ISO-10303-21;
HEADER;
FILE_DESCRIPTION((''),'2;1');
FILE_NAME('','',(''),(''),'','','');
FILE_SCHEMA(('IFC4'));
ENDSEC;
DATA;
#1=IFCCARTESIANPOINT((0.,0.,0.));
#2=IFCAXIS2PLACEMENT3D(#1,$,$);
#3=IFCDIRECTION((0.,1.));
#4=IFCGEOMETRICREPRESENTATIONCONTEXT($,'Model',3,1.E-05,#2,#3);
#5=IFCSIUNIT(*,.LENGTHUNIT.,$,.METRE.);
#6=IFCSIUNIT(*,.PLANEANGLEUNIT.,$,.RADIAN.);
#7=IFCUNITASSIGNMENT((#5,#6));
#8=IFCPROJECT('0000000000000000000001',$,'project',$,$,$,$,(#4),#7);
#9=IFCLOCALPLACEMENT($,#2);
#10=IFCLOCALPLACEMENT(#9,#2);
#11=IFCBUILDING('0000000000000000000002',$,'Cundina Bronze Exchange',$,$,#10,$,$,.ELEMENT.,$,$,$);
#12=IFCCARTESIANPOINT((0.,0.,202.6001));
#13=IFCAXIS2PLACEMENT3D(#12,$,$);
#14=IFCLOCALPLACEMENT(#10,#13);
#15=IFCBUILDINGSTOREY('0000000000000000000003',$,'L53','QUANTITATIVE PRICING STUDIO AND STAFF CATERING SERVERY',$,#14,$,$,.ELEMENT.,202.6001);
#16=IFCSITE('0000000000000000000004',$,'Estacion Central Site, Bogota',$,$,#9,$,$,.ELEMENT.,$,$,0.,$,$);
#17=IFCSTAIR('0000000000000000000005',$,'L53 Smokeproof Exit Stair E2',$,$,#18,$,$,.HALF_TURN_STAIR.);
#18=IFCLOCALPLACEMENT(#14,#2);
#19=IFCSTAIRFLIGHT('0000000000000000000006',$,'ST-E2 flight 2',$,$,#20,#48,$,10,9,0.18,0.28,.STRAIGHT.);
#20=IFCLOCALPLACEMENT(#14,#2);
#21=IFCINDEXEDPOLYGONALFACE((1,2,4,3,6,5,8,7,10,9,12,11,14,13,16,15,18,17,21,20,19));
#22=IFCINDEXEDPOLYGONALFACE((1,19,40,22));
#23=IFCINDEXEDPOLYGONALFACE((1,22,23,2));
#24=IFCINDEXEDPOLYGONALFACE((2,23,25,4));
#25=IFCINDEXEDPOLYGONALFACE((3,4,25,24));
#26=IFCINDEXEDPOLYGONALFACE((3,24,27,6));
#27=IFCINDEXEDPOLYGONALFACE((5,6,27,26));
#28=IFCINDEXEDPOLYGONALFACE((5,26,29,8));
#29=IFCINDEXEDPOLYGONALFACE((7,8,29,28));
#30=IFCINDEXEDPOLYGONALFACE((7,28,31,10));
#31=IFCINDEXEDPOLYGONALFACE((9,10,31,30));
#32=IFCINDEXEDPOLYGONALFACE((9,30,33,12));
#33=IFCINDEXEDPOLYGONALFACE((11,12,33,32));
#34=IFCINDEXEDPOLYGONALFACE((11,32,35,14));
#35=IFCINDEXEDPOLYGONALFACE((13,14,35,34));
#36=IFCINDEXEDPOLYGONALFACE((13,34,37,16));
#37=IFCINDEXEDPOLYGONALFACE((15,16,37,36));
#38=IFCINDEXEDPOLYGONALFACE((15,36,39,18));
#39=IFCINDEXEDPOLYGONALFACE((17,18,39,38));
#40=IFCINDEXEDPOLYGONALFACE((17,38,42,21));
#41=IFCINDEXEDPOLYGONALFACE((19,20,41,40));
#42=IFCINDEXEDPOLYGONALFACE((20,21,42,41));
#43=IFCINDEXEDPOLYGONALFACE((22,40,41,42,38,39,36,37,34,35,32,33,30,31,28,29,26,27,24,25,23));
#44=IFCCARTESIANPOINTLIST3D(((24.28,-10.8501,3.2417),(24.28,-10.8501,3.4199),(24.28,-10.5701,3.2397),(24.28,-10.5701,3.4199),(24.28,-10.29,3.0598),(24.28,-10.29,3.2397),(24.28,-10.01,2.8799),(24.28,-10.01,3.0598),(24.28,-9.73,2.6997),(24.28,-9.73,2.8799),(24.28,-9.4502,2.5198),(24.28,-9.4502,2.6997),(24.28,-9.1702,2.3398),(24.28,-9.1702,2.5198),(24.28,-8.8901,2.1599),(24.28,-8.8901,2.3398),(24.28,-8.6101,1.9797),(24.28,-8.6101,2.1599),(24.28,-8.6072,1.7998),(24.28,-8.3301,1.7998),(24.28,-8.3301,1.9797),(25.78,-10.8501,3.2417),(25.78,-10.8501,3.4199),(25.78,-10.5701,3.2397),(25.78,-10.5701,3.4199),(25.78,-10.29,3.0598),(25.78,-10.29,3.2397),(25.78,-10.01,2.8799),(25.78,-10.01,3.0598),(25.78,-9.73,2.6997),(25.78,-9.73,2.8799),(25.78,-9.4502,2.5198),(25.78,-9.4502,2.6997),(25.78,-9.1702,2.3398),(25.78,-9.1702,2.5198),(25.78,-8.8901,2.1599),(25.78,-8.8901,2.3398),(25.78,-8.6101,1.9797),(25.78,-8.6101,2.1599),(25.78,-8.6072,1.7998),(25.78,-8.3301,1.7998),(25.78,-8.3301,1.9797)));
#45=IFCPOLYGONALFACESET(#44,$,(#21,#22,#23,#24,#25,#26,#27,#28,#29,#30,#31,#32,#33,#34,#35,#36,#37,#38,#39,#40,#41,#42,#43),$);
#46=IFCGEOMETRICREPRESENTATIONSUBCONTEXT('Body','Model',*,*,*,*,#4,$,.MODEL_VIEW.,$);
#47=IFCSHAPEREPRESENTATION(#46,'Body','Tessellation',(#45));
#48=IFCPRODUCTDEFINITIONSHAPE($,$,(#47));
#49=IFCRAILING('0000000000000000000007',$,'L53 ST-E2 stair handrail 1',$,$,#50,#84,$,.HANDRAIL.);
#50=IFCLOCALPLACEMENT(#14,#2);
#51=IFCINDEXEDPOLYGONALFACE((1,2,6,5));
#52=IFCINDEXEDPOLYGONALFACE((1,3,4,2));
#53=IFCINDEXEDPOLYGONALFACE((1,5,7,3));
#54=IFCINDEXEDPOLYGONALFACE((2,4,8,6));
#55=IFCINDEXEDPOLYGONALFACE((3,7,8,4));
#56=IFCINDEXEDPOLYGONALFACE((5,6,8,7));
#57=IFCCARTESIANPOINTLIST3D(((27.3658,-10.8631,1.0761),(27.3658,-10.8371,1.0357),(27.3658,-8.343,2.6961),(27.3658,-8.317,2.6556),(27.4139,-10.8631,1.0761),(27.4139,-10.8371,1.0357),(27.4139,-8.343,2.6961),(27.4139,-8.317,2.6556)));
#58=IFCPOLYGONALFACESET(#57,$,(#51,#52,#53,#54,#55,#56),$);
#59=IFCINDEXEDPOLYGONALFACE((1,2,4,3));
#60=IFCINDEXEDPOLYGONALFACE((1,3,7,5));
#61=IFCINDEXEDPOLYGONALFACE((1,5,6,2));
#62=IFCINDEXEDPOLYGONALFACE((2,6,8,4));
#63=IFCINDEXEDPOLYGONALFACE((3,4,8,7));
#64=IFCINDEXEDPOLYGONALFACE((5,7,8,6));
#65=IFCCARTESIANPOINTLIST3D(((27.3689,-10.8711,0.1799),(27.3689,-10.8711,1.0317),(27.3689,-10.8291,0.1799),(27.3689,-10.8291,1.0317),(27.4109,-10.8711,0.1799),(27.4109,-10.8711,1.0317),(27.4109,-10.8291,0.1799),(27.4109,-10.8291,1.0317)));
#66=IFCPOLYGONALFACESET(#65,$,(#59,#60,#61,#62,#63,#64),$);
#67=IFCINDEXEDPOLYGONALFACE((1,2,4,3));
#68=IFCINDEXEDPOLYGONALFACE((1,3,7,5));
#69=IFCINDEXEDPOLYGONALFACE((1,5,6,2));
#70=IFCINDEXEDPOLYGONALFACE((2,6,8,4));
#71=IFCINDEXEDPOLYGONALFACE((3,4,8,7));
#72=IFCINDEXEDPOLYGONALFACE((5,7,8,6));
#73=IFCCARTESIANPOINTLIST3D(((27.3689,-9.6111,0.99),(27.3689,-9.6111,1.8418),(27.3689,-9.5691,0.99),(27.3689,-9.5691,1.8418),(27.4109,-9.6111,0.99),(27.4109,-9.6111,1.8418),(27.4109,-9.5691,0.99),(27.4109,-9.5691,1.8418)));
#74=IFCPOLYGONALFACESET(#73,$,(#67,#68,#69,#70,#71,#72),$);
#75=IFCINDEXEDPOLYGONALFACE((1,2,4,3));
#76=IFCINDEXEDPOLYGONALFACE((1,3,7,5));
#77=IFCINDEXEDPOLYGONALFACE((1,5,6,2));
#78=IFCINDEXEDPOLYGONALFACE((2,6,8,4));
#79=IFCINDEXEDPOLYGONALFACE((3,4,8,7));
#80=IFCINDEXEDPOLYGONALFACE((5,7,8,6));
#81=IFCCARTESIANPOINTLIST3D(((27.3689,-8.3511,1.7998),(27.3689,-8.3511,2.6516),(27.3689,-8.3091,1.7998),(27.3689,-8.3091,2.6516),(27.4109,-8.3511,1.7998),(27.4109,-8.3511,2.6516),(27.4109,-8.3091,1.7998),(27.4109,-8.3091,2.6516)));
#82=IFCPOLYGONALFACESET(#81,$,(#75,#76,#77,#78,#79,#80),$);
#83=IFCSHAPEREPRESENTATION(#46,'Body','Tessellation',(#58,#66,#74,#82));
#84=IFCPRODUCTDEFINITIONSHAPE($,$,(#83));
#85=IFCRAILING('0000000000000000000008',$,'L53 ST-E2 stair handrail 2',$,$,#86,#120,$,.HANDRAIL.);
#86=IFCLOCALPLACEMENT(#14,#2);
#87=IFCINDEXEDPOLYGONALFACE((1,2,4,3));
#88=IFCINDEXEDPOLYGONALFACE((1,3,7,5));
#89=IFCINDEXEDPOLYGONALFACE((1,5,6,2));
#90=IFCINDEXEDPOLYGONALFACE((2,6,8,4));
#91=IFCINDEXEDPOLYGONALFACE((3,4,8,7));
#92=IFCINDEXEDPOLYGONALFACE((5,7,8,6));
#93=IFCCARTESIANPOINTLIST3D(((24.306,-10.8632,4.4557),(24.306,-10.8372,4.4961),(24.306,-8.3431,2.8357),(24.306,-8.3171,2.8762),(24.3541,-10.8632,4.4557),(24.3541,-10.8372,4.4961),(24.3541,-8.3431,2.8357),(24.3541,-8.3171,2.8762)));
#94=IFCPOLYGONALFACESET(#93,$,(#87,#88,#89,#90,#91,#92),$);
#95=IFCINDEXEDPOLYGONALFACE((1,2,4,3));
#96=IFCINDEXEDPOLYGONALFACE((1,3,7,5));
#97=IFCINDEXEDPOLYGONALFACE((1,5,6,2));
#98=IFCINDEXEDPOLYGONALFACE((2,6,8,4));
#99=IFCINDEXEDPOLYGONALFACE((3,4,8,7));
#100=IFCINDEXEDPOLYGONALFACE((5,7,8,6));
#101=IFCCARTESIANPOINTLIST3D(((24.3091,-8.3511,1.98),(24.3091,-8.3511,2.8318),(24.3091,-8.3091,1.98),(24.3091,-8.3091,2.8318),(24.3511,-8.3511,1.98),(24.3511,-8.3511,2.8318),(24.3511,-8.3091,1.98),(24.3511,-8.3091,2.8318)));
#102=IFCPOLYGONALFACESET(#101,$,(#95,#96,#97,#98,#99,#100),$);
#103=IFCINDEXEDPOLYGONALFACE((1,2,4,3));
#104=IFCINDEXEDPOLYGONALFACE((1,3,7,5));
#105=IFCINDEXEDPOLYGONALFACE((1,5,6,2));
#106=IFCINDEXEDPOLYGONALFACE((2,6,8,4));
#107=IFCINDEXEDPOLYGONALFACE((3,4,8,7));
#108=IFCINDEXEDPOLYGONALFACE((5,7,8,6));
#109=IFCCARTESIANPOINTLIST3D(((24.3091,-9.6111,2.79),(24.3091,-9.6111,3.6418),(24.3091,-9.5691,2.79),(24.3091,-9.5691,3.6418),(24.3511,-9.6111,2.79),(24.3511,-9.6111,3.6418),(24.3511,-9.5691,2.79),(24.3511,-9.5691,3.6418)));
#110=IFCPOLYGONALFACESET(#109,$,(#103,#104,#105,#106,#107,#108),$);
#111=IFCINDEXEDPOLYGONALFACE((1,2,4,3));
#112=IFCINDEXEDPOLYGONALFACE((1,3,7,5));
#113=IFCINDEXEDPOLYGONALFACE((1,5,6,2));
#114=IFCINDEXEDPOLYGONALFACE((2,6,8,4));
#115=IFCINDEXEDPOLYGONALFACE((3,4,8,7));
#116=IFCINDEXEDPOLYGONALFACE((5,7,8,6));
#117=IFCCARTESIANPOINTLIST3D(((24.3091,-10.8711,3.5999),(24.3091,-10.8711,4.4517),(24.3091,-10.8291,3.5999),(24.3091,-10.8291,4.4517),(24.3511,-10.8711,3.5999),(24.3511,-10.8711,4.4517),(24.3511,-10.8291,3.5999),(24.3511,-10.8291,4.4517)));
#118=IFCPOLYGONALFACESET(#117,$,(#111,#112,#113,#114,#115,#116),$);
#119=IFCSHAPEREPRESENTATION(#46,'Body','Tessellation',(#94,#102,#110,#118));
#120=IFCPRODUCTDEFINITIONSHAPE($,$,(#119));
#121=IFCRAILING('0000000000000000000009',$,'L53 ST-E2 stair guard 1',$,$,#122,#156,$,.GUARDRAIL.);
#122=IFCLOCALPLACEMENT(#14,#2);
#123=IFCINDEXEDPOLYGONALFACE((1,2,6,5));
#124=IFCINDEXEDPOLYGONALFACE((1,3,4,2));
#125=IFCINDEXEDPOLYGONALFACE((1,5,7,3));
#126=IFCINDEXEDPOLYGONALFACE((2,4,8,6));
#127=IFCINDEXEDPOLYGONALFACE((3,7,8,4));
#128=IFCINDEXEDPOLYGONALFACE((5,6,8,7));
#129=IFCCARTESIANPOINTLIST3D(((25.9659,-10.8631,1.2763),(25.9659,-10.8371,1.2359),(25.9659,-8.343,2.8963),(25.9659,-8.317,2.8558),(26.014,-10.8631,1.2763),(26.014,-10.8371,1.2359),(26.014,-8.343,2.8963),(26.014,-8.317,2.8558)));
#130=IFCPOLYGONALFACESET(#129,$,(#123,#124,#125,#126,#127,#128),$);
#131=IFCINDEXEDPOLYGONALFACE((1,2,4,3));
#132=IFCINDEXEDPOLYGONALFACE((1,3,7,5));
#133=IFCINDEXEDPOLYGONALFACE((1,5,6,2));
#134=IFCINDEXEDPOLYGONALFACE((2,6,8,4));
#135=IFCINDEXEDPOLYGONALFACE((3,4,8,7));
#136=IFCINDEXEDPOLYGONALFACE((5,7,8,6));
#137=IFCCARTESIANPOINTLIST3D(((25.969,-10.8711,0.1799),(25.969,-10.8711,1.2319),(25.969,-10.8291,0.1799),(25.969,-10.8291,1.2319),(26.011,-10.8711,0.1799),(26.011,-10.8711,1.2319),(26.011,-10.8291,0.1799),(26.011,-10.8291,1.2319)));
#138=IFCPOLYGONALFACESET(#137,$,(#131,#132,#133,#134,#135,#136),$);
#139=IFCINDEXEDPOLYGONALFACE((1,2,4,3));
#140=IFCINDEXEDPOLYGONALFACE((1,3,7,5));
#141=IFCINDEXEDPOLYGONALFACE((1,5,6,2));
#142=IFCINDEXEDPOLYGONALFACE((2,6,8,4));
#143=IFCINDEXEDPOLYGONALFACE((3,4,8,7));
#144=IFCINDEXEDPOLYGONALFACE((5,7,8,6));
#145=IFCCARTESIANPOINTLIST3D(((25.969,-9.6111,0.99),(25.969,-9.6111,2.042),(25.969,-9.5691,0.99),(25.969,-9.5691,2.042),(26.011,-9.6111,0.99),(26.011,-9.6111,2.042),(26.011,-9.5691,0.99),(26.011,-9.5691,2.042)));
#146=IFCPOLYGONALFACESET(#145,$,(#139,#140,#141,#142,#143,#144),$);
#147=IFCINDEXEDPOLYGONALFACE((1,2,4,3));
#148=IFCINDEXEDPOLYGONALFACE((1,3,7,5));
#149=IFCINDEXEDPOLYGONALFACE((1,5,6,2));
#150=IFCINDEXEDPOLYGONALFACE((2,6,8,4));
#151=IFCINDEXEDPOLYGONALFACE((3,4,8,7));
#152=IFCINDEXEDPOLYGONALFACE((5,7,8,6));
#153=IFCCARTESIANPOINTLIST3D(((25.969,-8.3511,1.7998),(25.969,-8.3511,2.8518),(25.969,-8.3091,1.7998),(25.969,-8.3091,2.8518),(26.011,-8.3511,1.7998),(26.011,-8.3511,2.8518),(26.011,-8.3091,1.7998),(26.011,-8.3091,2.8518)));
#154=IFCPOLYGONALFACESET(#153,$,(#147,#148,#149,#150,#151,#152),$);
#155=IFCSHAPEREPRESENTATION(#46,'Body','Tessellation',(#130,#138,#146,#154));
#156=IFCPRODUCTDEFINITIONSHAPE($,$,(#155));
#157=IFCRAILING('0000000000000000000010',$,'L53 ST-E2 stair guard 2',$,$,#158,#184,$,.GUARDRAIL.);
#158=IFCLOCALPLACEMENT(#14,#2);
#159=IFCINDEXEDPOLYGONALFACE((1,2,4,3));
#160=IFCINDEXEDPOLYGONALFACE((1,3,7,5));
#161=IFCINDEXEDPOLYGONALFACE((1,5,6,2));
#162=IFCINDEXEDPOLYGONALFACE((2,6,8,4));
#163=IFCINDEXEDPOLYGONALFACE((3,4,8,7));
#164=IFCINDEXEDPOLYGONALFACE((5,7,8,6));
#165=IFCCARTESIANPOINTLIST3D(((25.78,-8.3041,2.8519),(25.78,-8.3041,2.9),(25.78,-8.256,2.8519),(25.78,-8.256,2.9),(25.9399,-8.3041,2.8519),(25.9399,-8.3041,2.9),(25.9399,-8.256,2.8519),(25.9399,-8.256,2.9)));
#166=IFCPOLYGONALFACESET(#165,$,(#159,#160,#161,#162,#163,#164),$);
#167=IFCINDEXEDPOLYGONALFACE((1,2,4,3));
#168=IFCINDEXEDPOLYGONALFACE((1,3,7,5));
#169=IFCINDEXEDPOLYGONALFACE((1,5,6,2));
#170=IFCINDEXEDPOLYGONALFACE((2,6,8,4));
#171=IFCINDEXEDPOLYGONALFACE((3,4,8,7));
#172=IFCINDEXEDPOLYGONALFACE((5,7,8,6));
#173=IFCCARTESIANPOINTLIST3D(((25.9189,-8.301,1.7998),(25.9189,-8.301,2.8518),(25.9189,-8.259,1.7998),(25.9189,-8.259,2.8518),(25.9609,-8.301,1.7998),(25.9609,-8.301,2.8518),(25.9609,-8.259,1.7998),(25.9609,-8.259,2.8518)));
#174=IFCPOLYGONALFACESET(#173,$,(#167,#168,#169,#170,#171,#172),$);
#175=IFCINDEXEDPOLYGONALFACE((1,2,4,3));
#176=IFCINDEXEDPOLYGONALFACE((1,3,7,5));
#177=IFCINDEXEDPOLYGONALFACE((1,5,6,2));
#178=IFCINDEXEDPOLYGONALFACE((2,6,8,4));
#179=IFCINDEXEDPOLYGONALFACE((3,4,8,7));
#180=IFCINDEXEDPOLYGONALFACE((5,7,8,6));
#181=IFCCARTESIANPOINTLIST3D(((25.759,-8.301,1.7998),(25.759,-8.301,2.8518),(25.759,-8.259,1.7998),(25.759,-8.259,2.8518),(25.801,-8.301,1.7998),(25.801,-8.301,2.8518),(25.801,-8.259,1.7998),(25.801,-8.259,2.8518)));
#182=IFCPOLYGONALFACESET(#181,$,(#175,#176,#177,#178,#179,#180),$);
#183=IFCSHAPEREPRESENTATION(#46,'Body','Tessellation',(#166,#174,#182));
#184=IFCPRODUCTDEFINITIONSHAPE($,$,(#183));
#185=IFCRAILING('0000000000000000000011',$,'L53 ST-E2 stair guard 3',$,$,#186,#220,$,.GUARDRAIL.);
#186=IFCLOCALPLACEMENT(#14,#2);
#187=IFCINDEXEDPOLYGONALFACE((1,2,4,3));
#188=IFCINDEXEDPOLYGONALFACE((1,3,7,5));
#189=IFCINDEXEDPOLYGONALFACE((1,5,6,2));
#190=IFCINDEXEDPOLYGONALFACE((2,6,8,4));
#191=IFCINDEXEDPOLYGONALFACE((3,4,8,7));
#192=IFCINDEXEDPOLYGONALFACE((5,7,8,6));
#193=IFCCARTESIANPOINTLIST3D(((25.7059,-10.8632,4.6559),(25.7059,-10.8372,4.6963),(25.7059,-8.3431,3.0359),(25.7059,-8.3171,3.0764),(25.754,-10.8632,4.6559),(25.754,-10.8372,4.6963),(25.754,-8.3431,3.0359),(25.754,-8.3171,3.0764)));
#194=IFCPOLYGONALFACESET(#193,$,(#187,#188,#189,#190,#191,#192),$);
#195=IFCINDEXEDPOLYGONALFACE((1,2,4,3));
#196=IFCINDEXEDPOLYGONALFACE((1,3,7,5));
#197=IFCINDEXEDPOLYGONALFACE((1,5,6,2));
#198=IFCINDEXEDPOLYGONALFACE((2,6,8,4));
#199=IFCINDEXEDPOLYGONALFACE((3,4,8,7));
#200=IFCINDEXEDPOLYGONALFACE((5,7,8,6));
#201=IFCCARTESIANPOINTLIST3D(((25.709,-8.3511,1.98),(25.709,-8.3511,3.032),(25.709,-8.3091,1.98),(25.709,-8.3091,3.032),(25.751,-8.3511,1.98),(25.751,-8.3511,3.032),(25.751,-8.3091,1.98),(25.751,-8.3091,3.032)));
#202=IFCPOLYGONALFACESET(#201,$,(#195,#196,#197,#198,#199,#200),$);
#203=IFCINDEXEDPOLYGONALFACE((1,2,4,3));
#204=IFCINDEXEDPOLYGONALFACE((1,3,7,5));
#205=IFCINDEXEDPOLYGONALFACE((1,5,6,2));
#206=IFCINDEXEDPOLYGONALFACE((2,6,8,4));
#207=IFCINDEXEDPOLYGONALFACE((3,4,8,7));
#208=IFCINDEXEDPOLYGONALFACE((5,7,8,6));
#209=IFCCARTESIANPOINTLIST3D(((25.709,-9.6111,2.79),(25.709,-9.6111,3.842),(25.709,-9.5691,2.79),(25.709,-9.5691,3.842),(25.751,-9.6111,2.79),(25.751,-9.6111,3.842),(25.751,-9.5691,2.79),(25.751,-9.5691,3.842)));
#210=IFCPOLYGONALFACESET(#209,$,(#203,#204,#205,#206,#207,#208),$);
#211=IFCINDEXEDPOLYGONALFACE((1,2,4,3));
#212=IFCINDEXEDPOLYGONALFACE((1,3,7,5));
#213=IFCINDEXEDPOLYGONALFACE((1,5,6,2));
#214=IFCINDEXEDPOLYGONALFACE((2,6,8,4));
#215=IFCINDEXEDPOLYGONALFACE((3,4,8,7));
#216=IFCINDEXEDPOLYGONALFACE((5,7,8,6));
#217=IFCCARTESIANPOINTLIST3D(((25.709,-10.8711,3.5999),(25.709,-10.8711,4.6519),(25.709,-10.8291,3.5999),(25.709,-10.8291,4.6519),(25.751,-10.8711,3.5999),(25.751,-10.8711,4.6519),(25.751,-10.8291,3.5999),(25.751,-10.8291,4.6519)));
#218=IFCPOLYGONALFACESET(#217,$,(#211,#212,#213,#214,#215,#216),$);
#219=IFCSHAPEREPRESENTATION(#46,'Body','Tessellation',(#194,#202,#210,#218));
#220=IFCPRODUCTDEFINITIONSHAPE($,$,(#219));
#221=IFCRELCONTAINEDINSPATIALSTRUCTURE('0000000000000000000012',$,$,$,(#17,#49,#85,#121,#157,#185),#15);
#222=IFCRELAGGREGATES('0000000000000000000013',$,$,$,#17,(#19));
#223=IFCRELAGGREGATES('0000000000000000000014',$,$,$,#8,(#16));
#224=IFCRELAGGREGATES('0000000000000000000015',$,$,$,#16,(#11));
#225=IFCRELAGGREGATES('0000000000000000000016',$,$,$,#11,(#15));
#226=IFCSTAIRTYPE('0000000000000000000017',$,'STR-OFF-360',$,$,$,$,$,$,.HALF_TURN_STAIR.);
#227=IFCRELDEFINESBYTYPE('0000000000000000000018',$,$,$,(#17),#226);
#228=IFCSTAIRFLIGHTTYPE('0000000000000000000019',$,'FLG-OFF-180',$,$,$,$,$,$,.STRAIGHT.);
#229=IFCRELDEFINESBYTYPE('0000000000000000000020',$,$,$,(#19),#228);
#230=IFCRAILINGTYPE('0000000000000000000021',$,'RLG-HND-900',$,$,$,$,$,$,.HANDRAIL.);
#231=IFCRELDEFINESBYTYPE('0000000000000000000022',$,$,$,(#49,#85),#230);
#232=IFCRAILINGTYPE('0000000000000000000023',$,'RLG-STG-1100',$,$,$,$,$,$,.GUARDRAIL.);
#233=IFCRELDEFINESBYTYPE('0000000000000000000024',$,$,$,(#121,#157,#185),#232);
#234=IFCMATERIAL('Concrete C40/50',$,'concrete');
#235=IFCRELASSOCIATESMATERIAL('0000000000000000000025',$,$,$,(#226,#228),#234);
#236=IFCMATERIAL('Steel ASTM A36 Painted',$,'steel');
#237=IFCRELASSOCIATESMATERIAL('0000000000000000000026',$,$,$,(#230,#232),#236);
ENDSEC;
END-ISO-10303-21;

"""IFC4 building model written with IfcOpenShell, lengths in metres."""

from ifc_helpers import new_model, si_unit, direction, frame, origin, origin_2d, place, context, subcontext, project, spatial, polyline, rectangle, outline, extrude, material, type_object, element, aggregate, save


model = new_model("IFC4")

# Units and contexts
model_context = context("Model", 3, precision=1e-05, world=origin(), true_north=direction((0.0, 1.0)))
body_context = subcontext(model_context, "Body", "Model", "MODEL_VIEW")
ifc_project = project(units=[si_unit("LENGTHUNIT", "METRE"), si_unit("PLANEANGLEUNIT", "RADIAN")], contexts=[model_context])

# Site, building, storey
site_placement = place(None, origin())
site = spatial("IfcSite", under=ifc_project, at=site_placement, Name="Estacion Central Site, Bogota", CompositionType="ELEMENT", RefElevation=0.0)
building_placement = place(site_placement, origin())
building = spatial("IfcBuilding", under=site, at=building_placement, Name="Cundina Bronze Exchange", CompositionType="ELEMENT")
storey_placement = place(building_placement, frame((0.0, 0.0, 202.6001)))
storey = spatial("IfcBuildingStorey", under=building, at=storey_placement, Name="L53", Description="QUANTITATIVE PRICING STUDIO AND STAFF CATERING SERVERY", CompositionType="ELEMENT", Elevation=202.6001)

# Shared definitions
ifc_material_1 = material(Name="Steel ASTM A36 Painted", Category="steel")

# Stair, stair flight
ifc_material_2 = material(Name="Concrete C40/50", Category="concrete")
stair_type = type_object("IfcStairType", Name="STR-OFF-360", PredefinedType="HALF_TURN_STAIR", material=ifc_material_2)
stair_placement = place(storey_placement, origin())
stair = element("IfcStair", 1, at=stair_placement, inside=storey, type_object=stair_type, Name="L53 Smokeproof Exit Stair E2", PredefinedType="HALF_TURN_STAIR")
stair_flight_type = type_object("IfcStairFlightType", Name="FLG-OFF-180", PredefinedType="STRAIGHT", material=ifc_material_2)
stair_flight_1_placement = place(storey_placement, frame((25.03, -8.3301, 1.7998), z_axis=(0.0, 0.0, 1.0), x_axis=(0.0, -1.0, 0.0)))
stair_flight_1 = element("IfcStairFlight", 2, at=stair_flight_1_placement, type_object=stair_flight_type, Name="ST-E2 flight 2", NumberOfRisers=10, NumberOfTreads=9, PredefinedType="STRAIGHT", RiserHeight=0.18, TreadLength=0.28, context=body_context, shape_type="SweptSolid", body=[
    extrude(outline(polyline([(0.0, 0.0), (0.0, 0.1799), (0.28, 0.1799), (0.28, 0.3601), (0.5601, 0.3601), (0.5601, 0.54), (0.8401, 0.54), (0.8401, 0.72), (1.1201, 0.72), (1.1201, 0.8999), (1.3999, 0.8999), (1.3999, 1.0801), (1.6799, 1.0801), (1.6799, 1.26), (1.96, 1.26), (1.96, 1.4399), (2.24, 1.4399), (2.24, 1.6201), (2.52, 1.6201), (2.52, 1.8), (2.52, 1.4419), (0.2771, 0.0), (0.0, 0.0)])), frame((0.0, 0.75, 0.0), z_axis=(0.0, -1.0, 0.0), x_axis=(1.0, 0.0, 0.0)), (0.0, 0.0, 1.0), 1.5),
])
aggregate(stair, [stair_flight_1])

# Railings
railing_type_1 = type_object("IfcRailingType", Name="RLG-HND-900", PredefinedType="HANDRAIL", material=ifc_material_1)
railing_1_placement = place(storey_placement, frame((27.3899, -10.8501, 0.1799)))
element("IfcRailing", 3, at=railing_1_placement, inside=storey, type_object=railing_type_1, Name="L53 ST-E2 stair handrail 1", PredefinedType="HANDRAIL", context=body_context, shape_type="SweptSolid", body=[
    extrude(rectangle(XDim=0.0481, YDim=0.0481, at=origin_2d()), frame((0.0, 0.0, 0.876), z_axis=(0.0, 0.8412, 0.540725), x_axis=(-1.0, 0.0, 0.0)), (0.0, 0.0, 1.0), 2.9958),
    extrude(rectangle(XDim=0.042, YDim=0.042, at=origin_2d()), origin(), (0.0, 0.0, 1.0), 0.8518),
    extrude(rectangle(XDim=0.042, YDim=0.042, at=origin_2d()), frame((0.0, 1.26, 0.8101)), (0.0, 0.0, 1.0), 0.8518),
    extrude(rectangle(XDim=0.042, YDim=0.042, at=origin_2d()), frame((0.0, 2.52, 1.6199)), (0.0, 0.0, 1.0), 0.8518),
])
railing_2_placement = place(storey_placement, frame((24.3301, -8.3301, 1.98)))
element("IfcRailing", 4, at=railing_2_placement, inside=storey, type_object=railing_type_1, Name="L53 ST-E2 stair handrail 2", PredefinedType="HANDRAIL", context=body_context, shape_type="SweptSolid", body=[
    extrude(rectangle(XDim=0.0481, YDim=0.0481, at=origin_2d()), frame((0.0, 0.0, 0.876), z_axis=(0.0, -0.8412, 0.540725), x_axis=(1.0, 0.0, 0.0)), (0.0, 0.0, 1.0), 2.9958),
    extrude(rectangle(XDim=0.042, YDim=0.042, at=origin_2d()), origin(), (0.0, 0.0, 1.0), 0.8518),
    extrude(rectangle(XDim=0.042, YDim=0.042, at=origin_2d()), frame((0.0, -1.26, 0.8101)), (0.0, 0.0, 1.0), 0.8518),
    extrude(rectangle(XDim=0.042, YDim=0.042, at=origin_2d()), frame((0.0, -2.52, 1.6199)), (0.0, 0.0, 1.0), 0.8518),
])
railing_type_2 = type_object("IfcRailingType", Name="RLG-STG-1100", PredefinedType="GUARDRAIL", material=ifc_material_1)
railing_3_placement = place(storey_placement, frame((25.99, -10.8501, 0.1799)))
element("IfcRailing", 5, at=railing_3_placement, inside=storey, type_object=railing_type_2, Name="L53 ST-E2 stair guard 1", PredefinedType="GUARDRAIL", context=body_context, shape_type="SweptSolid", body=[
    extrude(rectangle(XDim=0.0481, YDim=0.0481, at=origin_2d()), frame((0.0, 0.0, 1.0762), z_axis=(0.0, 0.8412, 0.540725), x_axis=(-1.0, 0.0, 0.0)), (0.0, 0.0, 1.0), 2.9958),
    extrude(rectangle(XDim=0.042, YDim=0.042, at=origin_2d()), origin(), (0.0, 0.0, 1.0), 1.052),
    extrude(rectangle(XDim=0.042, YDim=0.042, at=origin_2d()), frame((0.0, 1.26, 0.8101)), (0.0, 0.0, 1.0), 1.052),
    extrude(rectangle(XDim=0.042, YDim=0.042, at=origin_2d()), frame((0.0, 2.52, 1.6199)), (0.0, 0.0, 1.0), 1.052),
])
railing_4_placement = place(storey_placement, frame((25.9399, -8.28, 1.7998)))
element("IfcRailing", 6, at=railing_4_placement, inside=storey, type_object=railing_type_2, Name="L53 ST-E2 stair guard 2", PredefinedType="GUARDRAIL", context=body_context, shape_type="SweptSolid", body=[
    extrude(rectangle(XDim=0.0481, YDim=0.0481, at=origin_2d()), frame((0.0, 0.0, 1.0762), z_axis=(-1.0, 0.0, 0.0), x_axis=(0.0, -1.0, 0.0)), (0.0, 0.0, 1.0), 0.1599),
    extrude(rectangle(XDim=0.042, YDim=0.042, at=origin_2d()), origin(), (0.0, 0.0, 1.0), 1.052),
    extrude(rectangle(XDim=0.042, YDim=0.042, at=origin_2d()), frame((-0.1599, 0.0, 0.0)), (0.0, 0.0, 1.0), 1.052),
])
railing_5_placement = place(storey_placement, frame((25.73, -8.3301, 1.98)))
element("IfcRailing", 7, at=railing_5_placement, inside=storey, type_object=railing_type_2, Name="L53 ST-E2 stair guard 3", PredefinedType="GUARDRAIL", context=body_context, shape_type="SweptSolid", body=[
    extrude(rectangle(XDim=0.0481, YDim=0.0481, at=origin_2d()), frame((0.0, 0.0, 1.0762), z_axis=(0.0, -0.8412, 0.540725), x_axis=(1.0, 0.0, 0.0)), (0.0, 0.0, 1.0), 2.9958),
    extrude(rectangle(XDim=0.042, YDim=0.042, at=origin_2d()), origin(), (0.0, 0.0, 1.0), 1.052),
    extrude(rectangle(XDim=0.042, YDim=0.042, at=origin_2d()), frame((0.0, -1.26, 0.8101)), (0.0, 0.0, 1.0), 1.052),
    extrude(rectangle(XDim=0.042, YDim=0.042, at=origin_2d()), frame((0.0, -2.52, 1.6199)), (0.0, 0.0, 1.0), 1.052),
])

save(model, "model.ifc")
